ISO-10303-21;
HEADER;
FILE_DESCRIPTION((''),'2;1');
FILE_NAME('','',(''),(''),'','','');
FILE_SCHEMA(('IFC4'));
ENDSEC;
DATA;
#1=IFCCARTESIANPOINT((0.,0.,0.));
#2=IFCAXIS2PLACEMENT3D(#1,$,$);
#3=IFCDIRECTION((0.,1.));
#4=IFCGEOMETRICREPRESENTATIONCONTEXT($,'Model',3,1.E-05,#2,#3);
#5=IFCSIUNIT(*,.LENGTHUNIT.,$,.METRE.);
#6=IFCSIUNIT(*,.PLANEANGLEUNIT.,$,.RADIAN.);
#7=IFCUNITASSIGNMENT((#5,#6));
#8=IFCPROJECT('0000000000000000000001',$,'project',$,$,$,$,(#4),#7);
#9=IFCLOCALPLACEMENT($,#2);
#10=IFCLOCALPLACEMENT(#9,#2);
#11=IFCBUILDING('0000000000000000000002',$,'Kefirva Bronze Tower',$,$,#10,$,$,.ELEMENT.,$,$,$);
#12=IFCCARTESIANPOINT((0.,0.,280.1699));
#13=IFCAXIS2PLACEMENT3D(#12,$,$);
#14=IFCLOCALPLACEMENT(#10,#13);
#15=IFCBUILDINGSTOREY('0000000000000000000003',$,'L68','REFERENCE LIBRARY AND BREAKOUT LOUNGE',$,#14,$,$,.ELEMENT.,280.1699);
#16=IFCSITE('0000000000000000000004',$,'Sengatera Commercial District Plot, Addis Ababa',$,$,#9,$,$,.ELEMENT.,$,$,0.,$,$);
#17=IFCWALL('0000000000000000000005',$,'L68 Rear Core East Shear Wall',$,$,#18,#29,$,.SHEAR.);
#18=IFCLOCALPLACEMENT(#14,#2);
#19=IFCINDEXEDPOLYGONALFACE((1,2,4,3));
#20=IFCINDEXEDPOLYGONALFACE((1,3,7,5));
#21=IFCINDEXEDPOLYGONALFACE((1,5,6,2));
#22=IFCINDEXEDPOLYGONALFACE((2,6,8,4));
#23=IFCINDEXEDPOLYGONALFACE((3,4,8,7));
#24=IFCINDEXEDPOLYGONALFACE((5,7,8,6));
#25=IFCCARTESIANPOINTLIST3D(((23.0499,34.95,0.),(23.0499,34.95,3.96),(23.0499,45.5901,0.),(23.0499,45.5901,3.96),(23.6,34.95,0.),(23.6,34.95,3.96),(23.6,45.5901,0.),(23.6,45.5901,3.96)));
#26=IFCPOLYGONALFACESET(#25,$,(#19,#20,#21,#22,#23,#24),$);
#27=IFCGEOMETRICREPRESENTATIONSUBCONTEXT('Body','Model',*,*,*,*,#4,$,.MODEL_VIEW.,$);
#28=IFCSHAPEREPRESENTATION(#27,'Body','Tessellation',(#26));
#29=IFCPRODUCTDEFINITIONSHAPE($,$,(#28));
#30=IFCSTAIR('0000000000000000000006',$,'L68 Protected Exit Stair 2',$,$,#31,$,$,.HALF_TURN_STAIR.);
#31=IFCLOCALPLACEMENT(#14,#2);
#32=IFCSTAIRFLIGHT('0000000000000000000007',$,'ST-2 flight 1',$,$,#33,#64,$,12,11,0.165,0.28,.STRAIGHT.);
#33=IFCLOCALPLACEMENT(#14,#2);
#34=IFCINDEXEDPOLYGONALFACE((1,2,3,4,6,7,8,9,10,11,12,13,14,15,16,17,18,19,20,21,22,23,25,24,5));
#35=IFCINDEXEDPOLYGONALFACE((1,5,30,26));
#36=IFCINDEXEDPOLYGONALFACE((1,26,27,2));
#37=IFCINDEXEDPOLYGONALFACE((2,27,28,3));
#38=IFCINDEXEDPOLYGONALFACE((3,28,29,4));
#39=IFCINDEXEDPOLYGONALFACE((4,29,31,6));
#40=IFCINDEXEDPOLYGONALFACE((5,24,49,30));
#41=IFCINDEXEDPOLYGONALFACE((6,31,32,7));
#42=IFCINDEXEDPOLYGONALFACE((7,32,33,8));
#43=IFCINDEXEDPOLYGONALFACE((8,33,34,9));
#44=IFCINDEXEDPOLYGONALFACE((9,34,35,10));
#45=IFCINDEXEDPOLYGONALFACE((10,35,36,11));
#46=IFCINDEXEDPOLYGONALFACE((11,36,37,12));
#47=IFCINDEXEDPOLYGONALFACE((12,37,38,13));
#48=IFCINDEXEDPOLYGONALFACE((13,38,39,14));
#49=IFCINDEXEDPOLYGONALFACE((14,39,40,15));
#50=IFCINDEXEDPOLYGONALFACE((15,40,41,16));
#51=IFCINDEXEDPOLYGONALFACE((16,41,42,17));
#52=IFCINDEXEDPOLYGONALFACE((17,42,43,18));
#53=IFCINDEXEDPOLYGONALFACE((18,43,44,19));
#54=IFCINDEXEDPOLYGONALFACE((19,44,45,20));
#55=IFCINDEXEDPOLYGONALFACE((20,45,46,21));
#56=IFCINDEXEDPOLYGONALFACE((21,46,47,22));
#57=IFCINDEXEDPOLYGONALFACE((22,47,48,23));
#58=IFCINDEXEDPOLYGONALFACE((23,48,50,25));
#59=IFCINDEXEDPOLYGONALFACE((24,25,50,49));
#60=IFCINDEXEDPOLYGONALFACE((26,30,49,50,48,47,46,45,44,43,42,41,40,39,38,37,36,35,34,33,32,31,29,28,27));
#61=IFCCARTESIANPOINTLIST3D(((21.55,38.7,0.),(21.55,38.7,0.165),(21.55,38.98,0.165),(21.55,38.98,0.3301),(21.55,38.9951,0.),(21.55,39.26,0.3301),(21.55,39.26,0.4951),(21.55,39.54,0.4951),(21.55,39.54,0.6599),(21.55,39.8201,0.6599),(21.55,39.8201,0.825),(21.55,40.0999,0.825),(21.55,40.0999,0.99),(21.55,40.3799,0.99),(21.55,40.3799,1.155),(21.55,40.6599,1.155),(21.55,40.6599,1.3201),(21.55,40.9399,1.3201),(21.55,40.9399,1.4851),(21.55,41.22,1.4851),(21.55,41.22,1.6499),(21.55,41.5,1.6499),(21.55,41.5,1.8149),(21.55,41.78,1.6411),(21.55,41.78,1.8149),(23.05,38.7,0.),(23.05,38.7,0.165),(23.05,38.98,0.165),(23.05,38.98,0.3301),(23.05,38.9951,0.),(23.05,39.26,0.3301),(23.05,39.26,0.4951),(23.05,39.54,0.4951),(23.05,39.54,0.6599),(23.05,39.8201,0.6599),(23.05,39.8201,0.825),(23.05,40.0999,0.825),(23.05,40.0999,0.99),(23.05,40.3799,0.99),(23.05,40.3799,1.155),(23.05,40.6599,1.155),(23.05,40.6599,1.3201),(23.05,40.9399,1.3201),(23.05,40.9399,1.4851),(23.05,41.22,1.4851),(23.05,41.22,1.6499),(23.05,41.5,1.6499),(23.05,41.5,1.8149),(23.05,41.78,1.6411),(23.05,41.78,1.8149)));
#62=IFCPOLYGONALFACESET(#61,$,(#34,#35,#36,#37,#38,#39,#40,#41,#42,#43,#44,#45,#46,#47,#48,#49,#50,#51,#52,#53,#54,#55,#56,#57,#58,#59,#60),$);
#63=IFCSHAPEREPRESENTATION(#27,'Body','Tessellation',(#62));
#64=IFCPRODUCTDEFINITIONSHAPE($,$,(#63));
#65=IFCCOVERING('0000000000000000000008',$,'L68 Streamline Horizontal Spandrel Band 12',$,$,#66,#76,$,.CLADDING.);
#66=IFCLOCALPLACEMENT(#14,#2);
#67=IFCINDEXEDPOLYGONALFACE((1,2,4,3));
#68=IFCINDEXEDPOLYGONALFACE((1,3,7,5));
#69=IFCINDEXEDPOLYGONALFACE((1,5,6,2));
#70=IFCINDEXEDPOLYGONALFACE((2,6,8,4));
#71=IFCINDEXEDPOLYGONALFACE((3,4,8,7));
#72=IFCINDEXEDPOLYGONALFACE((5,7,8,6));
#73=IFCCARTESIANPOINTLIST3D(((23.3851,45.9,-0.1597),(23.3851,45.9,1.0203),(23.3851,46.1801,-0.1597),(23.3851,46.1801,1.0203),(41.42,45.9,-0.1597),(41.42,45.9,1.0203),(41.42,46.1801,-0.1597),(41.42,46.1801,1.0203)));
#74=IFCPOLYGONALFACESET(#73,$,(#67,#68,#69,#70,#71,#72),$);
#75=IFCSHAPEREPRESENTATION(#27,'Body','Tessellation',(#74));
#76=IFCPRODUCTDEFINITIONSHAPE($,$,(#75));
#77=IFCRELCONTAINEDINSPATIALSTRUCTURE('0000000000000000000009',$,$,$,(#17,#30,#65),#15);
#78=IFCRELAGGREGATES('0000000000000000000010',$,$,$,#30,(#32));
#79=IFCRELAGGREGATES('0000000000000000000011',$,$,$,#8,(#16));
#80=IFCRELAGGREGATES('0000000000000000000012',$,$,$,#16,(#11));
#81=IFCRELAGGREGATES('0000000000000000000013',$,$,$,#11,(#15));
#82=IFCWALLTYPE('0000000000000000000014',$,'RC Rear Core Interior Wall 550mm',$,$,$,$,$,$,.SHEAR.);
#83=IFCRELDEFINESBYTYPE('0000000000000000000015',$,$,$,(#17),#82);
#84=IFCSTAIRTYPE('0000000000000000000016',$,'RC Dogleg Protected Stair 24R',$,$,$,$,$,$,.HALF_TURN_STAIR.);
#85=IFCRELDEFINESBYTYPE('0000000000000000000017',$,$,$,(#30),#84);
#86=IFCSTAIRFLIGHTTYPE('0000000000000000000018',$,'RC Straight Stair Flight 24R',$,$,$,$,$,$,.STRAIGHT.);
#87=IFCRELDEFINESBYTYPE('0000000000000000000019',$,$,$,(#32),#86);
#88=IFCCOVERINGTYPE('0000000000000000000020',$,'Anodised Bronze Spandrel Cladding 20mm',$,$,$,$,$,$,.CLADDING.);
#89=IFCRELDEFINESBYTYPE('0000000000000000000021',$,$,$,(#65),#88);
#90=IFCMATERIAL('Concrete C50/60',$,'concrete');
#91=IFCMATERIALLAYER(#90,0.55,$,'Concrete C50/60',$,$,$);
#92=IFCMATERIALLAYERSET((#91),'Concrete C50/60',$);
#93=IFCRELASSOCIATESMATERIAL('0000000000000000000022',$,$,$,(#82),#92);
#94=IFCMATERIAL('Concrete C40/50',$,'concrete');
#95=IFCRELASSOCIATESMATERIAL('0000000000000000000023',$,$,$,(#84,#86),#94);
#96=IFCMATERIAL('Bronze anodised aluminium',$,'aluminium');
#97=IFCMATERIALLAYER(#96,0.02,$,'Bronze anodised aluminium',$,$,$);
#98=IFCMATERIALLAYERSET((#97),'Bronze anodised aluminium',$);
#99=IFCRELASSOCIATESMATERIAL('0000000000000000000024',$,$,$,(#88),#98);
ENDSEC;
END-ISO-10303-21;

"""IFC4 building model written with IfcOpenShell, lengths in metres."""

from ifc_helpers import new_model, si_unit, direction, frame, frame_2d, origin, origin_2d, place, context, subcontext, project, spatial, polyline, rectangle, outline, extrude, material, layer, layer_set, type_object, element, aggregate, save


model = new_model("IFC4")

# Units and contexts
model_context = context("Model", 3, precision=1e-05, world=origin(), true_north=direction((0.0, 1.0)))
body_context = subcontext(model_context, "Body", "Model", "MODEL_VIEW")
ifc_project = project(units=[si_unit("LENGTHUNIT", "METRE"), si_unit("PLANEANGLEUNIT", "RADIAN")], contexts=[model_context])

# Site, building, storey
site_placement = place(None, origin())
site = spatial("IfcSite", under=ifc_project, at=site_placement, Name="Sengatera Commercial District Plot, Addis Ababa", CompositionType="ELEMENT", RefElevation=0.0)
building_placement = place(site_placement, origin())
building = spatial("IfcBuilding", under=site, at=building_placement, Name="Kefirva Bronze Tower", CompositionType="ELEMENT")
storey_placement = place(building_placement, frame((0.0, 0.0, 280.1699)))
storey = spatial("IfcBuildingStorey", under=building, at=storey_placement, Name="L68", Description="REFERENCE LIBRARY AND BREAKOUT LOUNGE", CompositionType="ELEMENT", Elevation=280.1699)

# Shared definitions
ifc_material_1 = material(Name="Concrete C50/60", Category="concrete")

# Shared definitions
ifc_material_2 = material(Name="Bronze anodised aluminium", Category="aluminium")

# Wall
ifc_layer_1 = layer(ifc_material_1, 0.55, Name="Concrete C50/60")
ifc_layer_set_1 = layer_set([ifc_layer_1], Name="Concrete C50/60")
wall_type = type_object("IfcWallType", Name="RC Rear Core Interior Wall 550mm", PredefinedType="SHEAR", material=ifc_layer_set_1)
wall_placement = place(storey_placement, frame((23.325, 34.95, 0.0), z_axis=(0.0, 0.0, 1.0), x_axis=(0.0, 1.0, 0.0)))
element("IfcWall", 1, at=wall_placement, inside=storey, type_object=wall_type, Name="L68 Rear Core East Shear Wall", PredefinedType="SHEAR", context=body_context, shape_type="SweptSolid", body=[
    extrude(rectangle(XDim=10.6401, YDim=0.55, at=frame_2d((5.3201, 0.0))), origin(), (0.0, 0.0, 1.0), 3.96),
])

# Stair, stair flight
ifc_material_3 = material(Name="Concrete C40/50", Category="concrete")
stair_type = type_object("IfcStairType", Name="RC Dogleg Protected Stair 24R", PredefinedType="HALF_TURN_STAIR", material=ifc_material_3)
stair_placement = place(storey_placement, origin())
stair = element("IfcStair", 2, at=stair_placement, inside=storey, type_object=stair_type, Name="L68 Protected Exit Stair 2", PredefinedType="HALF_TURN_STAIR")
stair_flight_type = type_object("IfcStairFlightType", Name="RC Straight Stair Flight 24R", PredefinedType="STRAIGHT", material=ifc_material_3)
stair_flight_placement = place(storey_placement, frame((22.3, 38.7, 0.0), z_axis=(0.0, 0.0, 1.0), x_axis=(0.0, 1.0, 0.0)))
stair_flight = element("IfcStairFlight", 3, at=stair_flight_placement, type_object=stair_flight_type, Name="ST-2 flight 1", NumberOfRisers=12, NumberOfTreads=11, PredefinedType="STRAIGHT", RiserHeight=0.165, TreadLength=0.28, context=body_context, shape_type="SweptSolid", body=[
    extrude(outline(polyline([(0.0, 0.0), (0.0, 0.165), (0.28, 0.165), (0.28, 0.3301), (0.5601, 0.3301), (0.5601, 0.4951), (0.8401, 0.4951), (0.8401, 0.6599), (1.1201, 0.6599), (1.1201, 0.825), (1.3999, 0.825), (1.3999, 0.99), (1.6799, 0.99), (1.6799, 1.155), (1.96, 1.155), (1.96, 1.3201), (2.24, 1.3201), (2.24, 1.4851), (2.52, 1.4851), (2.52, 1.6499), (2.8, 1.6499), (2.8, 1.8149), (3.0801, 1.8149), (3.0801, 1.98), (3.0801, 1.6411), (0.2952, 0.0), (0.0, 0.0)])), frame((0.0, 0.75, 0.0), z_axis=(0.0, -1.0, 0.0), x_axis=(1.0, 0.0, 0.0)), (0.0, 0.0, 1.0), 1.5),
])
aggregate(stair, [stair_flight])

# Covering
ifc_layer_2 = layer(ifc_material_2, 0.02, Name="Bronze anodised aluminium")
ifc_layer_set_2 = layer_set([ifc_layer_2], Name="Bronze anodised aluminium")
covering_type_1 = type_object("IfcCoveringType", Name="Anodised Bronze Spandrel Cladding 20mm", PredefinedType="CLADDING", material=ifc_layer_set_2)
covering_1_placement = place(storey_placement, frame((32.4026, 46.04, -0.1597), z_axis=(0.0, 0.0, 1.0), x_axis=(-1.0, 0.0, 0.0)))
element("IfcCovering", 4, at=covering_1_placement, inside=storey, type_object=covering_type_1, Name="L68 Streamline Horizontal Spandrel Band 12", PredefinedType="CLADDING", context=body_context, shape_type="SweptSolid", body=[
    extrude(rectangle(XDim=18.0349, YDim=0.28, at=origin_2d()), origin(), (0.0, 0.0, 1.0), 1.1799),
])

save(model, "model.ifc")
